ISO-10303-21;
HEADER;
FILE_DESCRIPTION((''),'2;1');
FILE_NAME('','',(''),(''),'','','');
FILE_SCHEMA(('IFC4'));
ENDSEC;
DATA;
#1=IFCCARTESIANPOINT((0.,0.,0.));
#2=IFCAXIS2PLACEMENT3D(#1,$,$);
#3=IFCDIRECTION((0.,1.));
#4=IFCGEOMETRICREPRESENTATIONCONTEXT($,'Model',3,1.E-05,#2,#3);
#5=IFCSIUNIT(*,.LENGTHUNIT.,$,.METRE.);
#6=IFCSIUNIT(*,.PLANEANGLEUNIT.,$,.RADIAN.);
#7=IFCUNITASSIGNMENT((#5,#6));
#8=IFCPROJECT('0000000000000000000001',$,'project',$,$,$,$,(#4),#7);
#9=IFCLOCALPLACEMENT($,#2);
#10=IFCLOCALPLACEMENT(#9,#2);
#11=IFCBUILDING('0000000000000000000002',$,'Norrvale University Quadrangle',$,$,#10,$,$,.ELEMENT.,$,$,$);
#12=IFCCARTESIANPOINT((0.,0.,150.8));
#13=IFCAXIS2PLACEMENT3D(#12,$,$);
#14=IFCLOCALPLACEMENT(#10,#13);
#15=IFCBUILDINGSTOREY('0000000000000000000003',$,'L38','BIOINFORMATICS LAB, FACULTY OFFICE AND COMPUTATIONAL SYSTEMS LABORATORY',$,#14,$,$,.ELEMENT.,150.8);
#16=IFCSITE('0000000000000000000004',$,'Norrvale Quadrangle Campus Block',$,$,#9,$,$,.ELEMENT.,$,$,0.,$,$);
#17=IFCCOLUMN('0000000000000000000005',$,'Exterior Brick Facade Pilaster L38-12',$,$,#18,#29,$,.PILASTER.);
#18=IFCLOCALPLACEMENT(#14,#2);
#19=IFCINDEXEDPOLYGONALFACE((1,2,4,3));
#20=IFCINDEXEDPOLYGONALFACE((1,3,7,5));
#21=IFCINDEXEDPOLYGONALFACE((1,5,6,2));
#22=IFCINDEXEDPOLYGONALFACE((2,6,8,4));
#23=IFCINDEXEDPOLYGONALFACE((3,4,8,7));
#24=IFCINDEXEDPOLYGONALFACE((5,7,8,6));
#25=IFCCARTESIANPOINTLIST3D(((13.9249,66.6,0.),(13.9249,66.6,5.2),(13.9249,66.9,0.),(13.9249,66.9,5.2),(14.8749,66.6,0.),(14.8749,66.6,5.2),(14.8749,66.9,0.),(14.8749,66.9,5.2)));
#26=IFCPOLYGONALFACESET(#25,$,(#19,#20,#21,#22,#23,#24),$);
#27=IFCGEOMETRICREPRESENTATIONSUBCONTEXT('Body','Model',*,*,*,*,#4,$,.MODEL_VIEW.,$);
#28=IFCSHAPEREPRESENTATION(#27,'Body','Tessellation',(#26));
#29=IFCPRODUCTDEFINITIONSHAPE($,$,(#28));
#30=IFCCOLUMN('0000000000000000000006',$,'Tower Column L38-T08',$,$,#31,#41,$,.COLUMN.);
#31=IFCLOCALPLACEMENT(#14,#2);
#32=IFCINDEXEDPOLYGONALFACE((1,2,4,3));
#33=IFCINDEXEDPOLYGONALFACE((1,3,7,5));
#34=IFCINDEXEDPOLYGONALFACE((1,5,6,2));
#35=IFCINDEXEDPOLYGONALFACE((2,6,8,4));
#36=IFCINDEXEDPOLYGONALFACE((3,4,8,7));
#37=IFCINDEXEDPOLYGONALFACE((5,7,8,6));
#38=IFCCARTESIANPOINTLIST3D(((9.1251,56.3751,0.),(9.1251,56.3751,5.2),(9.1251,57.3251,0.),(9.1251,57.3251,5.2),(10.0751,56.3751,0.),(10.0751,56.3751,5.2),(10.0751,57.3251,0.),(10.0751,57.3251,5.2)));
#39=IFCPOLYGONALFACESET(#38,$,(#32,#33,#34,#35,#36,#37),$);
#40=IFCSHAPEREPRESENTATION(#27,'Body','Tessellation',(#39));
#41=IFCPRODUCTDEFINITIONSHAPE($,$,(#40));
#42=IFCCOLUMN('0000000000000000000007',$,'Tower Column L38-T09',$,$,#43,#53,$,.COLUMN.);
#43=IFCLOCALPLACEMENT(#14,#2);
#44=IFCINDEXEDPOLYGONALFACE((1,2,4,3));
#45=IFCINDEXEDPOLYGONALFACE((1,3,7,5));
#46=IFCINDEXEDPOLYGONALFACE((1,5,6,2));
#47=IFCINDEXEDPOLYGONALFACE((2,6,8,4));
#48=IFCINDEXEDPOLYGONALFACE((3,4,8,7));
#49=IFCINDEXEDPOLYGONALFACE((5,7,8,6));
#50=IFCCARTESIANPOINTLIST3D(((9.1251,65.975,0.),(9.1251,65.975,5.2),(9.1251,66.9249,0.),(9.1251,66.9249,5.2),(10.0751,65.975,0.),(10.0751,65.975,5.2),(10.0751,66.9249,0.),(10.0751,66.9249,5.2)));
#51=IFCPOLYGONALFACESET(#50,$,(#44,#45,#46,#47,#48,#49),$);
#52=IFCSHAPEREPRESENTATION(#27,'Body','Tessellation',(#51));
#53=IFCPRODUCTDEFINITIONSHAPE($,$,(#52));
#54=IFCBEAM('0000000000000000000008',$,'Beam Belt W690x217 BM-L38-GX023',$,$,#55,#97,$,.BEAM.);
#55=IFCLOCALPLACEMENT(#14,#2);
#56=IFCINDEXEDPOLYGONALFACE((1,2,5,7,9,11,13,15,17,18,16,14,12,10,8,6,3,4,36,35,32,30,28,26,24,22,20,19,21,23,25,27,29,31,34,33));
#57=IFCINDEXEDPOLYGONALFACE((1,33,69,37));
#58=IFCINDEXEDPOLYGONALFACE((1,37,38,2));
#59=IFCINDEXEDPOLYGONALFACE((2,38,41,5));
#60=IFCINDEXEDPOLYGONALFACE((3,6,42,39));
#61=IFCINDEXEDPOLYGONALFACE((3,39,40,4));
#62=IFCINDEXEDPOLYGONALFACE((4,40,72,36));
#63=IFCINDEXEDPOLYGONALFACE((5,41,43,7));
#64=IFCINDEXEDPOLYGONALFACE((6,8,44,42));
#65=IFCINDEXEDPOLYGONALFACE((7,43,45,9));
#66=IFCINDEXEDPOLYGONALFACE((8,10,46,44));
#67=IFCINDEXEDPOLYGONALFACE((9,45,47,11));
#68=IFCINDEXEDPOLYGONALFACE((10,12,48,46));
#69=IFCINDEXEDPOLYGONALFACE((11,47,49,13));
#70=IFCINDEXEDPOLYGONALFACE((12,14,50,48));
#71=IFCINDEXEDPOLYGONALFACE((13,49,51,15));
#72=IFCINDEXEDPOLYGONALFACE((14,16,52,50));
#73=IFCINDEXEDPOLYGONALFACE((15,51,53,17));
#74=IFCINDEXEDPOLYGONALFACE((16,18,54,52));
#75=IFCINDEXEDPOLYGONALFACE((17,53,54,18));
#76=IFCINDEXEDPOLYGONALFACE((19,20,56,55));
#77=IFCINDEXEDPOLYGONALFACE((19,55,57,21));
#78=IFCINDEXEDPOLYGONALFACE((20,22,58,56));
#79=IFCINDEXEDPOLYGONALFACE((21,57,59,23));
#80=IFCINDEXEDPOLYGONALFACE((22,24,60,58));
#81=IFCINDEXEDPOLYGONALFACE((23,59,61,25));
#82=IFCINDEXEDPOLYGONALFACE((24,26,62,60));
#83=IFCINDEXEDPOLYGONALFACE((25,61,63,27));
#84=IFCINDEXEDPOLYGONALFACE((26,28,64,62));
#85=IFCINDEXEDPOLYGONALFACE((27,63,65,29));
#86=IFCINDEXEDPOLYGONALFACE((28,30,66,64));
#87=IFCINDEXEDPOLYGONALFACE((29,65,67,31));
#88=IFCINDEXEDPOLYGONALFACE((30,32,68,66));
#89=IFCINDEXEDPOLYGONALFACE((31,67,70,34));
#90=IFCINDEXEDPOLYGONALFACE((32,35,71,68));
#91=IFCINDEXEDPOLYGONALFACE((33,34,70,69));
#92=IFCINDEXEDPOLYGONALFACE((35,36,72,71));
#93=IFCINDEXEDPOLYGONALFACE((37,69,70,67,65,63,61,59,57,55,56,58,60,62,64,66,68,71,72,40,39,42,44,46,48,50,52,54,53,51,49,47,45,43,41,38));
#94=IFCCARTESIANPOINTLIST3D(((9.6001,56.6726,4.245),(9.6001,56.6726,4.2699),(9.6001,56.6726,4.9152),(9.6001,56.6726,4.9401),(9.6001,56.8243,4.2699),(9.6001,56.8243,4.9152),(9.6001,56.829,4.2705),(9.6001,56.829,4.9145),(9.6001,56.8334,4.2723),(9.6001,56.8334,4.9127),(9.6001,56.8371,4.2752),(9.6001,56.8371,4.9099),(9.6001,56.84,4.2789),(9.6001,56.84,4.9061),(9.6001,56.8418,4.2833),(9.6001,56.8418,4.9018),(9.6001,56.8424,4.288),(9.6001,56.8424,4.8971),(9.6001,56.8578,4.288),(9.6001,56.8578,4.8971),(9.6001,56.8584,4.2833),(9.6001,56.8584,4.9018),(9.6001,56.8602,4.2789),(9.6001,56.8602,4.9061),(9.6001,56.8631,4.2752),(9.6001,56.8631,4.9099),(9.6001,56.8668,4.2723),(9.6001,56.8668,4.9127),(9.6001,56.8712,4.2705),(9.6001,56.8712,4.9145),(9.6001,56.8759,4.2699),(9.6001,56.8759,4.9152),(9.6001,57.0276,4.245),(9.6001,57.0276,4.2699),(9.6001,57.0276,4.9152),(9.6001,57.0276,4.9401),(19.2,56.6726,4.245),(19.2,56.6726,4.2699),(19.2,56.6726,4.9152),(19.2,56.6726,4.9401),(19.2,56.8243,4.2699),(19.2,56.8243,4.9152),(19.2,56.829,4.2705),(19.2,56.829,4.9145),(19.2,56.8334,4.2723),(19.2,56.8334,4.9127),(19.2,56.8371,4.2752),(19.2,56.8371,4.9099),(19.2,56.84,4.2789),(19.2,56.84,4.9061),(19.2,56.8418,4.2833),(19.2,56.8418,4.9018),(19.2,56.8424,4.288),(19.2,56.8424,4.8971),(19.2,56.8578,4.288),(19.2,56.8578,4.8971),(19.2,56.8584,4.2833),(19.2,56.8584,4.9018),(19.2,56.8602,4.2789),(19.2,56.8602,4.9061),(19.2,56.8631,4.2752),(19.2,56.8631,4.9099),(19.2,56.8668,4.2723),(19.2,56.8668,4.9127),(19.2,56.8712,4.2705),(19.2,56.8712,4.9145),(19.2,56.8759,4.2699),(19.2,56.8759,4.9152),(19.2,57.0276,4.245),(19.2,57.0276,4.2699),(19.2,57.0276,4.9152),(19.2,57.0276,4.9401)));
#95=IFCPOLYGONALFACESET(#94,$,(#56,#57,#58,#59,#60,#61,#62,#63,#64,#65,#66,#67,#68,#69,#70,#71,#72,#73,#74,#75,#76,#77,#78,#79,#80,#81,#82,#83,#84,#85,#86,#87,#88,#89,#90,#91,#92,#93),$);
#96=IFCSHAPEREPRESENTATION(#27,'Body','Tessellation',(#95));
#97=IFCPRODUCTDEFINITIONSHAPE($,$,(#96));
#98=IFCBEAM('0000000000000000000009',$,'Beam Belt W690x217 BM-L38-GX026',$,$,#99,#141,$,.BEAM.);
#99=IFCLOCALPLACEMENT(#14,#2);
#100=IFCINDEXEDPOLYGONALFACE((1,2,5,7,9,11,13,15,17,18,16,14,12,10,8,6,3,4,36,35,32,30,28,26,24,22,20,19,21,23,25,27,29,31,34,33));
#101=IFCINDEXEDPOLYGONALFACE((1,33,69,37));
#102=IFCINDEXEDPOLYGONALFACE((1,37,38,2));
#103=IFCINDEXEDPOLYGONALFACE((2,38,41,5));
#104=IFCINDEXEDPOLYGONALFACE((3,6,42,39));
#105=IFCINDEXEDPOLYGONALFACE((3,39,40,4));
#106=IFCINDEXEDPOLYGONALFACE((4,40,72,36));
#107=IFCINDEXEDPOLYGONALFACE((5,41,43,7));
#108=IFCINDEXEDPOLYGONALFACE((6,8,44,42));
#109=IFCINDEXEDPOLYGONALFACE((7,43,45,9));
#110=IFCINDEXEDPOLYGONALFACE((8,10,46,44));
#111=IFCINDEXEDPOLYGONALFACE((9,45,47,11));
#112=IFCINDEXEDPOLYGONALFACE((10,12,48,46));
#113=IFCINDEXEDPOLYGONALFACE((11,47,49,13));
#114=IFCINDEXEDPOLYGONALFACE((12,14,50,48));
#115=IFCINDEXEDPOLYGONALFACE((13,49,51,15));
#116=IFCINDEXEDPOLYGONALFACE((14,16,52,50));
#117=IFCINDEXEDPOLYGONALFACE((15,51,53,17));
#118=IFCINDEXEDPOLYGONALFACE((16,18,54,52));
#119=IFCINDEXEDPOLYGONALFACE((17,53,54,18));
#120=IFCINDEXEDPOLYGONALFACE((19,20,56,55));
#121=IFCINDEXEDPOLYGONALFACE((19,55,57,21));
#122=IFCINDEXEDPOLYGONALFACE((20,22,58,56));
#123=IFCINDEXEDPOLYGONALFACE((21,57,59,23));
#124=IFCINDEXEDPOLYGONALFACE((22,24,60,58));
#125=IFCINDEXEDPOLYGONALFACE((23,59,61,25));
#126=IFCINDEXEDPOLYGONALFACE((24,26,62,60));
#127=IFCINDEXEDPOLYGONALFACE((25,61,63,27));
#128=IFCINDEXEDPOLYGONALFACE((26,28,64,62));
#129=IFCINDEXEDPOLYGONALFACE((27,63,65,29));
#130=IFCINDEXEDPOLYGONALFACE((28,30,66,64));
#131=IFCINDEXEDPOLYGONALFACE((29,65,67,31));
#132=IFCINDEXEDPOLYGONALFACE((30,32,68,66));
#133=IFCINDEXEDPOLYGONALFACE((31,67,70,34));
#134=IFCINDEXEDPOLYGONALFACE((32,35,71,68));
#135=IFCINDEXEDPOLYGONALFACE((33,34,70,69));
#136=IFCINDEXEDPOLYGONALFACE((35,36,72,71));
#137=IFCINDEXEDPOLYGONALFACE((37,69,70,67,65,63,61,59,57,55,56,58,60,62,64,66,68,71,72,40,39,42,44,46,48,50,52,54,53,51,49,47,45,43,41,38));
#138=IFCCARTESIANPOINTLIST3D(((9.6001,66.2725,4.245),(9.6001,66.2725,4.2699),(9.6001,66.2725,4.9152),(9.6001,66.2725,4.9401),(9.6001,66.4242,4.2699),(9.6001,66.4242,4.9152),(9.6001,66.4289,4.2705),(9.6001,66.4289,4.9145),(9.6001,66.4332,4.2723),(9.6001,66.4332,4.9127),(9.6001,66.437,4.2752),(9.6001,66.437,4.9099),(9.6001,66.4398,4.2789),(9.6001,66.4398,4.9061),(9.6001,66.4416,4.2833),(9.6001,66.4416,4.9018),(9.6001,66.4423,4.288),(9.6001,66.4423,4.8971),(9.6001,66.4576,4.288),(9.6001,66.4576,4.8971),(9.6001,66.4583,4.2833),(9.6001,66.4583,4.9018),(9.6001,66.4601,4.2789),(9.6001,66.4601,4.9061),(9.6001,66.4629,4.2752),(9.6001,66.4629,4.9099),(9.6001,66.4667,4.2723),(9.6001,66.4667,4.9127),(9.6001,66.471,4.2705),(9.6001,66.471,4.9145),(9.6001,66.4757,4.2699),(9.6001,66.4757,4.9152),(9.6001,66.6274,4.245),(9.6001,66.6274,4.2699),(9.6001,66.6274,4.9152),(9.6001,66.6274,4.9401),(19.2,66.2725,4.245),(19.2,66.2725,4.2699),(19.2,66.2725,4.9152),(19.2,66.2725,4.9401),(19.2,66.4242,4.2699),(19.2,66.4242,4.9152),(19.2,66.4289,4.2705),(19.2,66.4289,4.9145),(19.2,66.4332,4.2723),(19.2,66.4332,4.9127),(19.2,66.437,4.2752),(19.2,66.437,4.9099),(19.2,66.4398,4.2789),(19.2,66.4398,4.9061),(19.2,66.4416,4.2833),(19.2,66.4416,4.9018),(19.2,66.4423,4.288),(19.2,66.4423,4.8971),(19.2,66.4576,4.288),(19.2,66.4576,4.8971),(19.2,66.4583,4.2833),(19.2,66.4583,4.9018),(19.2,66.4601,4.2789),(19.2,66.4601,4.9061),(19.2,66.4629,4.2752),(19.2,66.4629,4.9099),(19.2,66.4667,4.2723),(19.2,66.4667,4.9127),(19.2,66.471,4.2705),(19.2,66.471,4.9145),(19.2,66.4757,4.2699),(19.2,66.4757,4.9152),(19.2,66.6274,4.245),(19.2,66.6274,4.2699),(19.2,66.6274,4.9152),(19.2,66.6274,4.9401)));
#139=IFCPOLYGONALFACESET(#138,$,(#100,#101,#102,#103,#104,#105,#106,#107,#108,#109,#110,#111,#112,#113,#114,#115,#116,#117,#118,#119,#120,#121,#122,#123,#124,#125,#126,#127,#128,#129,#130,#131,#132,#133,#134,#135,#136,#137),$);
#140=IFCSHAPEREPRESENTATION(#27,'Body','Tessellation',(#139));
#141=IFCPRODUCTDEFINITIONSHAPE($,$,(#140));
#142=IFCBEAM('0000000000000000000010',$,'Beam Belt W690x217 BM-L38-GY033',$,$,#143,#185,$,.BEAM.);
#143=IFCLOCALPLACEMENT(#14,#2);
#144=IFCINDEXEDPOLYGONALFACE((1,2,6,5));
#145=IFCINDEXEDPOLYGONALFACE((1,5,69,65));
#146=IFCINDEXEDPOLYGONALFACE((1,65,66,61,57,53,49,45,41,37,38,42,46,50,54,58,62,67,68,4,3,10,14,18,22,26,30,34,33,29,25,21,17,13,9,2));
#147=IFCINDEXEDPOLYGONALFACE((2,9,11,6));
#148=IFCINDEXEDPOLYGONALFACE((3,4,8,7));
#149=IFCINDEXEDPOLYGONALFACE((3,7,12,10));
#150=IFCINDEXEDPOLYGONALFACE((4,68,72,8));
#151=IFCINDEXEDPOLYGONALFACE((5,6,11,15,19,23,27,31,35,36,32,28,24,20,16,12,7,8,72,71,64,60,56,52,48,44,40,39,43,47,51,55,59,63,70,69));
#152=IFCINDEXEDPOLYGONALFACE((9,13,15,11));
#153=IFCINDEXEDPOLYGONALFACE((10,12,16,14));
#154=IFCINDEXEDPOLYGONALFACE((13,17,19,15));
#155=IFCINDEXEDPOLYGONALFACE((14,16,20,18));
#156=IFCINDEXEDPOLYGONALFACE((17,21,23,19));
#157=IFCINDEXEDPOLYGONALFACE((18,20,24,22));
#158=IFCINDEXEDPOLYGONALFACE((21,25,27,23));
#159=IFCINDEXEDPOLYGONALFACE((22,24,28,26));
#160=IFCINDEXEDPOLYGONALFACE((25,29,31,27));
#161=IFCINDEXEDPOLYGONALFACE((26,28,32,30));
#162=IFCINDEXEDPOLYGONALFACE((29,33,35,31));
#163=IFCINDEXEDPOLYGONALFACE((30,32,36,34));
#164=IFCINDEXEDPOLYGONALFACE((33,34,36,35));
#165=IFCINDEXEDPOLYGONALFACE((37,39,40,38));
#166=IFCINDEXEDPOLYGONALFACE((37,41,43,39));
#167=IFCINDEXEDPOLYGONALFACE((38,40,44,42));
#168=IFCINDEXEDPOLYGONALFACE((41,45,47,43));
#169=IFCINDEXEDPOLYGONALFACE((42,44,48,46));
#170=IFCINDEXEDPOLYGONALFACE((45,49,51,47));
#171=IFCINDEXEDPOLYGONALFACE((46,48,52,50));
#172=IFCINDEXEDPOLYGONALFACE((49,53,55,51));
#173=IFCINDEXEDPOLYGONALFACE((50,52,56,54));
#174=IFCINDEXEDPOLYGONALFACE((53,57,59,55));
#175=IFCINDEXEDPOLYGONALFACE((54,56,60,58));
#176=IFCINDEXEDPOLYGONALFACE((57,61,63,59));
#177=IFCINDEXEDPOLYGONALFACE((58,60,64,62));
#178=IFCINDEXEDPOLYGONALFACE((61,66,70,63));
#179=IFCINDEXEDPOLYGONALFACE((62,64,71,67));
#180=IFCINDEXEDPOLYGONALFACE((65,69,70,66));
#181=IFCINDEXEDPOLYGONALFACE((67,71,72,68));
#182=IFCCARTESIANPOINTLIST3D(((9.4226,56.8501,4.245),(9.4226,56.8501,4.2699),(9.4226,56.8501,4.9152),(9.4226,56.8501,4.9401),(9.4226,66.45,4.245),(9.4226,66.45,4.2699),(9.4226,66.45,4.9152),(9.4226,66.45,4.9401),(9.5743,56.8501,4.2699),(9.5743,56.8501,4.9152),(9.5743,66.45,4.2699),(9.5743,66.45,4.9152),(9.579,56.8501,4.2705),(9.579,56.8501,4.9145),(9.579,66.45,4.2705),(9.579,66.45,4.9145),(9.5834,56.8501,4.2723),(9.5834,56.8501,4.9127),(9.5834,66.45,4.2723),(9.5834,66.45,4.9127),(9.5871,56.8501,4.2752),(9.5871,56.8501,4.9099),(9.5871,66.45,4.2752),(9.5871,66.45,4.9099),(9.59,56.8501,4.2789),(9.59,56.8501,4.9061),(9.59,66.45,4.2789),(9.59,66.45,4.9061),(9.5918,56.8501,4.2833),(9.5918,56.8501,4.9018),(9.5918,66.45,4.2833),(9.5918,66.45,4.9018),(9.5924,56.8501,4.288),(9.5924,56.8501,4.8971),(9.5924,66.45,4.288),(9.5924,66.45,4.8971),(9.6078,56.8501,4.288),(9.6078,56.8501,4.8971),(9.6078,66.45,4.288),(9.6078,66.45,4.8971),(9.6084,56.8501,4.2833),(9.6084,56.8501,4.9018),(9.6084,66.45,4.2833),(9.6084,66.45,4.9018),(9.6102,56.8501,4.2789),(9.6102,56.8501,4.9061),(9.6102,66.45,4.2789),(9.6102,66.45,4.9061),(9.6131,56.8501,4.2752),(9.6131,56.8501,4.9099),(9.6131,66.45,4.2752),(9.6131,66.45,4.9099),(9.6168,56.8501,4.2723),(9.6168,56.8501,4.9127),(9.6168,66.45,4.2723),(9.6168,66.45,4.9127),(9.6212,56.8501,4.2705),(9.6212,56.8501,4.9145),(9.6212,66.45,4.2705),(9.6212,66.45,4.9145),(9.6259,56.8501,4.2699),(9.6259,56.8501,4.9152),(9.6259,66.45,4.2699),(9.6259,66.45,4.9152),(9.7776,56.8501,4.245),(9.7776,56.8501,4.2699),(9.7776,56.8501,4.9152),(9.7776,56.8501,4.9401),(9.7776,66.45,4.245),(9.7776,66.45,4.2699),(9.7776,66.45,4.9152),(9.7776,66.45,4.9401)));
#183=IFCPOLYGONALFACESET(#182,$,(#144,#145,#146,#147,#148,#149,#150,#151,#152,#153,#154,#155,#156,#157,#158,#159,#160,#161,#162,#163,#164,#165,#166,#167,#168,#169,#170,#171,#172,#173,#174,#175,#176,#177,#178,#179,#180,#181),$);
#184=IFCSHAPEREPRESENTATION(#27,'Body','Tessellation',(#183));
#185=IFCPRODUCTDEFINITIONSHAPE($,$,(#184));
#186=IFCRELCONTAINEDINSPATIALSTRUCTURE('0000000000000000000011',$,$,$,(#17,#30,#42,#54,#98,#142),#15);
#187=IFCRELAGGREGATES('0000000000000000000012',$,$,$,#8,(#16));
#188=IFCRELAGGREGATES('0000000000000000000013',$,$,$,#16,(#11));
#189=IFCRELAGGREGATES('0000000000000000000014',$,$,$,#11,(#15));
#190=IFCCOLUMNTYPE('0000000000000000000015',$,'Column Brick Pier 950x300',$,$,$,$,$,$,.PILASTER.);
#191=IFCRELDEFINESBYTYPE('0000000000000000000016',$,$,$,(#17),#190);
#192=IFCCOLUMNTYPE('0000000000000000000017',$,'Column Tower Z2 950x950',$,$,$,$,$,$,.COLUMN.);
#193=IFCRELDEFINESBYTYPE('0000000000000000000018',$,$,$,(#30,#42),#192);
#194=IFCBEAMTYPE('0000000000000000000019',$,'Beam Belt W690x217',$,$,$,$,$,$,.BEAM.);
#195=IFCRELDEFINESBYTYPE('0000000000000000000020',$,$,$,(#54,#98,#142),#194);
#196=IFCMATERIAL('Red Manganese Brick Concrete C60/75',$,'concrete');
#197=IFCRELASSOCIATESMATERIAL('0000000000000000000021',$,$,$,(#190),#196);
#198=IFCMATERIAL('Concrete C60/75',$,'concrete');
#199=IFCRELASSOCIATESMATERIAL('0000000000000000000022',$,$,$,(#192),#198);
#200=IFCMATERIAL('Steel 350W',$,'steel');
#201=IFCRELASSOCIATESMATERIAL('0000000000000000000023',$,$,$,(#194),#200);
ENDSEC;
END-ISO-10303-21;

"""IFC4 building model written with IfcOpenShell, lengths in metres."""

from ifc_helpers import new_model, si_unit, direction, frame, origin, origin_2d, place, context, subcontext, project, spatial, rectangle, i_section, extrude, material, material_profile, profile_set, type_object, element, save


model = new_model("IFC4")

# Units and contexts
model_context = context("Model", 3, precision=1e-05, world=origin(), true_north=direction((0.0, 1.0)))
body_context = subcontext(model_context, "Body", "Model", "MODEL_VIEW")
ifc_project = project(units=[si_unit("LENGTHUNIT", "METRE"), si_unit("PLANEANGLEUNIT", "RADIAN")], contexts=[model_context])

# Site, building, storey
site_placement = place(None, origin())
site = spatial("IfcSite", under=ifc_project, at=site_placement, Name="Norrvale Quadrangle Campus Block", CompositionType="ELEMENT", RefElevation=0.0)
building_placement = place(site_placement, origin())
building = spatial("IfcBuilding", under=site, at=building_placement, Name="Norrvale University Quadrangle", CompositionType="ELEMENT")
storey_placement = place(building_placement, frame((0.0, 0.0, 150.8)))
storey = spatial("IfcBuildingStorey", under=building, at=storey_placement, Name="L38", Description="BIOINFORMATICS LAB, FACULTY OFFICE AND COMPUTATIONAL SYSTEMS LABORATORY", CompositionType="ELEMENT", Elevation=150.8)

# Columns
ifc_material_1 = material(Name="Red Manganese Brick Concrete C60/75", Category="concrete")
ifc_material_profile_1 = material_profile(ifc_material_1, rectangle(XDim=0.95, YDim=0.3, at=origin_2d()), Name="Red Manganese Brick Concrete C60/75")
ifc_profile_set_1 = profile_set([ifc_material_profile_1], Name="Red Manganese Brick Concrete C60/75")
column_type_1 = type_object("IfcColumnType", Name="Column Brick Pier 950x300", PredefinedType="PILASTER", material=ifc_profile_set_1)
column_placement = place(storey_placement, frame((14.3999, 66.75, 0.0), z_axis=(0.0, 0.0, 1.0), x_axis=(1.0, 0.0, 0.0)))
element("IfcColumn", 1, at=column_placement, inside=storey, type_object=column_type_1, Name="Exterior Brick Facade Pilaster L38-12", PredefinedType="PILASTER", context=body_context, shape_type="SweptSolid", body=[
    extrude(rectangle(XDim=0.95, YDim=0.3, at=origin_2d()), origin(), (0.0, 0.0, 1.0), 5.2),
])
ifc_material_2 = material(Name="Concrete C60/75", Category="concrete")
ifc_material_profile_2 = material_profile(ifc_material_2, rectangle(XDim=0.95, YDim=0.95, at=origin_2d()), Name="Concrete C60/75")
ifc_profile_set_2 = profile_set([ifc_material_profile_2], Name="Concrete C60/75")
column_type_2 = type_object("IfcColumnType", Name="Column Tower Z2 950x950", PredefinedType="COLUMN", material=ifc_profile_set_2)
for number, where, z_axis, x_axis, name in (
    (2, (9.6001, 56.8501, 0.0), (0.0, 0.0, 1.0), (1.0, 0.0, 0.0), "Tower Column L38-T08"),
    (3, (9.6001, 66.45, 0.0), (0.0, 0.0, 1.0), (1.0, 0.0, 0.0), "Tower Column L38-T09"),
):
    element("IfcColumn", number, at=place(storey_placement, frame(where, z_axis=z_axis, x_axis=x_axis)), inside=storey, type_object=column_type_2, Name=name, PredefinedType="COLUMN", context=body_context, shape_type="SweptSolid", body=[
        extrude(rectangle(XDim=0.95, YDim=0.95, at=origin_2d()), origin(), (0.0, 0.0, 1.0), 5.2),
    ])

# Beams
ifc_material_3 = material(Name="Steel 350W", Category="steel")
ifc_material_profile_3 = material_profile(ifc_material_3, i_section(OverallWidth=0.355, OverallDepth=0.6951, WebThickness=0.0154, FlangeThickness=0.0249, FilletRadius=0.0181, at=origin_2d()), Name="Steel 350W")
ifc_profile_set_3 = profile_set([ifc_material_profile_3], Name="Steel 350W")
beam_type_1 = type_object("IfcBeamType", Name="Beam Belt W690x217", PredefinedType="BEAM", material=ifc_profile_set_3)
for number, where, z_axis, x_axis, name in (
    (4, (9.6001, 56.8501, 4.5925), (1.0, 0.0, 0.0), (0.0, 1.0, 0.0), "Beam Belt W690x217 BM-L38-GX023"),
    (5, (9.6001, 66.45, 4.5925), (1.0, 0.0, 0.0), (0.0, 1.0, 0.0), "Beam Belt W690x217 BM-L38-GX026"),
    (6, (9.6001, 56.8501, 4.5925), (0.0, 1.0, 0.0), (-1.0, 0.0, 0.0), "Beam Belt W690x217 BM-L38-GY033"),
):
    element("IfcBeam", number, at=place(storey_placement, frame(where, z_axis=z_axis, x_axis=x_axis)), inside=storey, type_object=beam_type_1, Name=name, PredefinedType="BEAM", context=body_context, shape_type="SweptSolid", body=[
        extrude(i_section(OverallWidth=0.355, OverallDepth=0.6951, WebThickness=0.0154, FlangeThickness=0.0249, FilletRadius=0.0181, at=origin_2d()), origin(), (0.0, 0.0, 1.0), 9.5999),
    ])

save(model, "model.ifc")
